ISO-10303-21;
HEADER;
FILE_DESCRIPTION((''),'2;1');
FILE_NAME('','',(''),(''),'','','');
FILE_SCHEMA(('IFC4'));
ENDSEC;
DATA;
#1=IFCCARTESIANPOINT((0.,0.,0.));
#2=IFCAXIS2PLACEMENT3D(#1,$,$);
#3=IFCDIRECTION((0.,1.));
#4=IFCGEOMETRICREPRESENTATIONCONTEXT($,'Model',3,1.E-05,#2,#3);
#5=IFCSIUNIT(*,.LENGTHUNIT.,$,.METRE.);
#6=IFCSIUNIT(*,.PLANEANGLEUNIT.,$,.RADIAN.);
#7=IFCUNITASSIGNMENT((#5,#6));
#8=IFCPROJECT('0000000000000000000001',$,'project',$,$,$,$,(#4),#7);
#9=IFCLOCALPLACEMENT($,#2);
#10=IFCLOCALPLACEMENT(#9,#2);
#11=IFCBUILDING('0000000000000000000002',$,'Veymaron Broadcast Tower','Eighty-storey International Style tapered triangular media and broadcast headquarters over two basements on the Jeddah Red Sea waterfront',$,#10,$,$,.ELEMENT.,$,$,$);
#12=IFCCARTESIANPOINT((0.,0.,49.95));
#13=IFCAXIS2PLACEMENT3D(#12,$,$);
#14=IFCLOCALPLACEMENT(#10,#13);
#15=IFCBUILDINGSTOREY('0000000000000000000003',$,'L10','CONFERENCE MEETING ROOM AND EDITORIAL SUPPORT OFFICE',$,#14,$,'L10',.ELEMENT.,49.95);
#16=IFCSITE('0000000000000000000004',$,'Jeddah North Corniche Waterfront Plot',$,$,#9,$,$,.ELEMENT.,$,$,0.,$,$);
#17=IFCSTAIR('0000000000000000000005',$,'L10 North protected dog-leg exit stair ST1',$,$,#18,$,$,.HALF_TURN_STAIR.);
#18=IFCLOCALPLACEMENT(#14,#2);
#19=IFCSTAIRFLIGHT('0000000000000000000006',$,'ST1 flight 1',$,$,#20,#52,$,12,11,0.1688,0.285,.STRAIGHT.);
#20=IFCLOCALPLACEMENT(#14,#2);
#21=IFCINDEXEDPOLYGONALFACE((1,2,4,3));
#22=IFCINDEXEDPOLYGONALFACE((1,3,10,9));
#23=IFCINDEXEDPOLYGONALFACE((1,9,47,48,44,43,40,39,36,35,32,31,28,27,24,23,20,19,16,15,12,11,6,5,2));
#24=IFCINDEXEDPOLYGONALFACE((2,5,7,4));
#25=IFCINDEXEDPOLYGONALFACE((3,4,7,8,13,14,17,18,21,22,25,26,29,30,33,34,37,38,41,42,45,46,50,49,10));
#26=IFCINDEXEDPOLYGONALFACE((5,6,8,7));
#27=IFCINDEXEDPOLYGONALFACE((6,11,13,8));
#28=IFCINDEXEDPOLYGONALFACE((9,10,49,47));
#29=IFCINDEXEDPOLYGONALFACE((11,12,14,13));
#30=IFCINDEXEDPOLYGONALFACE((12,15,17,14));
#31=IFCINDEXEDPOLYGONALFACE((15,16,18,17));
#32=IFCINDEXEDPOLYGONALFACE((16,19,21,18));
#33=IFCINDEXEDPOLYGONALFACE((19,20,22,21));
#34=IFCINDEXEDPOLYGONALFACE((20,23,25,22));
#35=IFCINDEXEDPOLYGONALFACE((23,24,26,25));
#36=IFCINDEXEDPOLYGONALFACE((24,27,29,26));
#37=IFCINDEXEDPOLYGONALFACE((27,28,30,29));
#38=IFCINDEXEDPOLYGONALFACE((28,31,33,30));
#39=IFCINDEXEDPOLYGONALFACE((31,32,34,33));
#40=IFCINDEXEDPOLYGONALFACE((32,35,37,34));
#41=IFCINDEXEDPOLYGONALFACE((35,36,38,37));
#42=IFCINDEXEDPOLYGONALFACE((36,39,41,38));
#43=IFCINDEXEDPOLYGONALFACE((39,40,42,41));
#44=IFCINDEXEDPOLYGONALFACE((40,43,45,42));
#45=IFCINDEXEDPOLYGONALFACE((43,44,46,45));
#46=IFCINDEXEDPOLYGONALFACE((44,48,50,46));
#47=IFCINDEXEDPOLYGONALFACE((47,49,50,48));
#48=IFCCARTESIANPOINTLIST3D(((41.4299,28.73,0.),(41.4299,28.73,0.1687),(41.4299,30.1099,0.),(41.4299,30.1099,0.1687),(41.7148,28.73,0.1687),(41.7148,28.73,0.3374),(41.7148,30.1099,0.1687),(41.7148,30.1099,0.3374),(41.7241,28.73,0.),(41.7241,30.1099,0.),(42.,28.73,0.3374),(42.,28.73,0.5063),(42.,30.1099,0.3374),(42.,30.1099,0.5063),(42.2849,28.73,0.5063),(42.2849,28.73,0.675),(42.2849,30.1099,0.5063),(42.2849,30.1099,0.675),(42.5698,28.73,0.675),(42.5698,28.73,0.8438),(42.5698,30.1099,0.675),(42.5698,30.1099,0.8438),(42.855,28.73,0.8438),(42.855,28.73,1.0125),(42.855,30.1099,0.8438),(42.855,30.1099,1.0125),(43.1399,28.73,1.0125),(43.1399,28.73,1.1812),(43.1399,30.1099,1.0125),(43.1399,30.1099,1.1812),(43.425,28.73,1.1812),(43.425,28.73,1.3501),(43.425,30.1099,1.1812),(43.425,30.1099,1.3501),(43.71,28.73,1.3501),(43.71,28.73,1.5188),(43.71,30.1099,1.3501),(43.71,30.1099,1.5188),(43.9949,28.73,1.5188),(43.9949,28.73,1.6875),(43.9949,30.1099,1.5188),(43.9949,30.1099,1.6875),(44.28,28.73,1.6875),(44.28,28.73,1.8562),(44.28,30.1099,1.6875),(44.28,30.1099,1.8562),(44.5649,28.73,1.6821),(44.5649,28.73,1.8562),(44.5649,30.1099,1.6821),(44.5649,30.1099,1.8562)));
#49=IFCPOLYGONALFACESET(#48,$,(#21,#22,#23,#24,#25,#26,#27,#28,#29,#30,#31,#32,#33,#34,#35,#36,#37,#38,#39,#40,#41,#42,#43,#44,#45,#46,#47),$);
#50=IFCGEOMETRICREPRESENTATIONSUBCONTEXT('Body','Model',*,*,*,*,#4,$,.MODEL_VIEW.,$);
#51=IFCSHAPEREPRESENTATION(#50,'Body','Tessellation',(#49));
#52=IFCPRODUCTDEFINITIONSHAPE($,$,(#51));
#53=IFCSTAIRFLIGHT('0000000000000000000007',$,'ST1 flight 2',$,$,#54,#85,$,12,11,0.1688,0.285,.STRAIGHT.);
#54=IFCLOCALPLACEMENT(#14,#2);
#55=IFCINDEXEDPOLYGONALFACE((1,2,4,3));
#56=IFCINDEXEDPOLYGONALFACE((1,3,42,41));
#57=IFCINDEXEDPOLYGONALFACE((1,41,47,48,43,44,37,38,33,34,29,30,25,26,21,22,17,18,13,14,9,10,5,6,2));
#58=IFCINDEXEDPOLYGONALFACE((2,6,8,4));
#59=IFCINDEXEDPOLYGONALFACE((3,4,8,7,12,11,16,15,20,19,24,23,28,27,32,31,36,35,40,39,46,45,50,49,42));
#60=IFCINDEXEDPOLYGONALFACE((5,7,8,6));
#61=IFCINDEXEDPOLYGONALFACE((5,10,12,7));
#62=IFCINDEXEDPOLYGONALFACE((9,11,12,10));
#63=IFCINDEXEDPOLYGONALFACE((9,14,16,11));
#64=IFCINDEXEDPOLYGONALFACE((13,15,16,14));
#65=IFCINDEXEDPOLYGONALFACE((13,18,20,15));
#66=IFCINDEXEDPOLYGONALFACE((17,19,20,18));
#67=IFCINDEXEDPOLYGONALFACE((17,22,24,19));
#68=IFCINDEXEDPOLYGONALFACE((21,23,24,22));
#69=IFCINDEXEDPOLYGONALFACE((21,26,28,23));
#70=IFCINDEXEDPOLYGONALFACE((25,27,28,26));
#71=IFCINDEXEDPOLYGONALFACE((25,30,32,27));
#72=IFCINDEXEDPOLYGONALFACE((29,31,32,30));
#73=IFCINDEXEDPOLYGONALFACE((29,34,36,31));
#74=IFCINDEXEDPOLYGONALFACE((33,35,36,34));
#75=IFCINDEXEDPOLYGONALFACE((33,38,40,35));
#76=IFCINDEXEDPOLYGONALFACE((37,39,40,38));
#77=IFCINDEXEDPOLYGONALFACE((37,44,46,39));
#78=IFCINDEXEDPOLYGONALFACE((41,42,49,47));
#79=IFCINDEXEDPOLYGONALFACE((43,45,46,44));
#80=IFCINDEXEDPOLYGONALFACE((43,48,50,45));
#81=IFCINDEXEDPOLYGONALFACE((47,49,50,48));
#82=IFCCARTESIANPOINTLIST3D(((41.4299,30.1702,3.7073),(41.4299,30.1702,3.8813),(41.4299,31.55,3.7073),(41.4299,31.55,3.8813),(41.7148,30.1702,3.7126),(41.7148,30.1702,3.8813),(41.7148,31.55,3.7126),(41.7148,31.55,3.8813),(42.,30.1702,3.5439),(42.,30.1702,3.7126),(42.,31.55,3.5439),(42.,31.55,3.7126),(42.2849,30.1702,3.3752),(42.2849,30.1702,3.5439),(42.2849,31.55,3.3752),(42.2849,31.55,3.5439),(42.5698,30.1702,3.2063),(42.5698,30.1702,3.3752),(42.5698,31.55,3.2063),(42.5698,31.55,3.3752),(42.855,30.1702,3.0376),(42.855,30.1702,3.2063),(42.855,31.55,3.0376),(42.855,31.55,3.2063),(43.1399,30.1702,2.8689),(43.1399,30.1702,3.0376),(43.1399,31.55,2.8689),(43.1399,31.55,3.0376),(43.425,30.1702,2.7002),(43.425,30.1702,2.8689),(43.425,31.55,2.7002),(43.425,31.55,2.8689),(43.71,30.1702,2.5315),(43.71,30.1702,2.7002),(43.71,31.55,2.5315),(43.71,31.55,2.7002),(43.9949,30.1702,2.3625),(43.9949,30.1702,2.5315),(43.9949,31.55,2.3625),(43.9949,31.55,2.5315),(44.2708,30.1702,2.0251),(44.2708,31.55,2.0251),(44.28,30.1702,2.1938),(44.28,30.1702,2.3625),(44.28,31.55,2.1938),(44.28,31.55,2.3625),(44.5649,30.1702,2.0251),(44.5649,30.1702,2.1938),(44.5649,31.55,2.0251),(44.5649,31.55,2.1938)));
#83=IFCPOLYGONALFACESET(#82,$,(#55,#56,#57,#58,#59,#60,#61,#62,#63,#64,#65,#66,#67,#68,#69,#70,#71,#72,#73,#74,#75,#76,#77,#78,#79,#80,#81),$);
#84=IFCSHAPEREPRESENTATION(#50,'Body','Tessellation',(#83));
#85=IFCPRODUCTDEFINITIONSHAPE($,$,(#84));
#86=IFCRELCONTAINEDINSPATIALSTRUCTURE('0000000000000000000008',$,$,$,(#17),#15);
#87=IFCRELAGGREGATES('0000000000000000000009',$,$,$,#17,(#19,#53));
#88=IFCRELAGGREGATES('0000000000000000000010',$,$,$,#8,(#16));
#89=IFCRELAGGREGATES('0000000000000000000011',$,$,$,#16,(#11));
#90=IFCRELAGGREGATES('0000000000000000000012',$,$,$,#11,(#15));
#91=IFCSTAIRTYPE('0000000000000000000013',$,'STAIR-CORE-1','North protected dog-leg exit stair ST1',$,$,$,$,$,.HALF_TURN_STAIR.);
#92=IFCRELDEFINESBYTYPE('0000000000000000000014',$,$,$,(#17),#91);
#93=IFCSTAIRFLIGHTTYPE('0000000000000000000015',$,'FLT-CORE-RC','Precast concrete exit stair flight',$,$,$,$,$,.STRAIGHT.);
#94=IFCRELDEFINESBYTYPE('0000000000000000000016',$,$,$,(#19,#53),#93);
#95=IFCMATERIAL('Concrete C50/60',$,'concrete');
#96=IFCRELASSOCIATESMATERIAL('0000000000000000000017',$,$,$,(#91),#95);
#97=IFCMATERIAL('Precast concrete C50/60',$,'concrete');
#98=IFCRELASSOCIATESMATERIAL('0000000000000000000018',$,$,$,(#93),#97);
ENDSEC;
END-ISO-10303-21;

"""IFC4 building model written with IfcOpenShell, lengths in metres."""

from ifc_helpers import new_model, si_unit, direction, frame, origin, place, context, subcontext, project, spatial, polyline, outline, extrude, material, type_object, element, aggregate, save


model = new_model("IFC4")

# Units and contexts
model_context = context("Model", 3, precision=1e-05, world=origin(), true_north=direction((0.0, 1.0)))
body_context = subcontext(model_context, "Body", "Model", "MODEL_VIEW")
ifc_project = project(units=[si_unit("LENGTHUNIT", "METRE"), si_unit("PLANEANGLEUNIT", "RADIAN")], contexts=[model_context])

# Site, building, storey
site_placement = place(None, origin())
site = spatial("IfcSite", under=ifc_project, at=site_placement, Name="Jeddah North Corniche Waterfront Plot", CompositionType="ELEMENT", RefElevation=0.0)
building_placement = place(site_placement, origin())
building = spatial("IfcBuilding", under=site, at=building_placement, Name="Veymaron Broadcast Tower", Description="Eighty-storey International Style tapered triangular media and broadcast headquarters over two basements on the Jeddah Red Sea waterfront", CompositionType="ELEMENT")
storey_placement = place(building_placement, frame((0.0, 0.0, 49.95)))
storey = spatial("IfcBuildingStorey", under=building, at=storey_placement, Name="L10", Description="CONFERENCE MEETING ROOM AND EDITORIAL SUPPORT OFFICE", LongName="L10", CompositionType="ELEMENT", Elevation=49.95)

# Shared definitions
ifc_material_1 = material(Name="Concrete C50/60", Category="concrete")

# Stair, stair flights
stair_type = type_object("IfcStairType", Name="STAIR-CORE-1", Description="North protected dog-leg exit stair ST1", PredefinedType="HALF_TURN_STAIR", material=ifc_material_1)
stair_placement = place(storey_placement, origin())
stair = element("IfcStair", 1, at=stair_placement, inside=storey, type_object=stair_type, Name="L10 North protected dog-leg exit stair ST1", PredefinedType="HALF_TURN_STAIR")
ifc_material_2 = material(Name="Precast concrete C50/60", Category="concrete")
stair_flight_type = type_object("IfcStairFlightType", Name="FLT-CORE-RC", Description="Precast concrete exit stair flight", PredefinedType="STRAIGHT", material=ifc_material_2)
stair_flight_1_placement = place(storey_placement, frame((41.4299, 29.4199, 0.0), z_axis=(0.0, 0.0, 1.0), x_axis=(1.0, 0.0, 0.0)))
stair_flight_1 = element("IfcStairFlight", 2, at=stair_flight_1_placement, type_object=stair_flight_type, Name="ST1 flight 1", NumberOfRisers=12, NumberOfTreads=11, PredefinedType="STRAIGHT", RiserHeight=0.1688, TreadLength=0.285, context=body_context, shape_type="SweptSolid", body=[
    extrude(outline(polyline([(0.0, 0.0), (0.0, 0.1687), (0.2849, 0.1687), (0.2849, 0.3374), (0.5701, 0.3374), (0.5701, 0.5063), (0.855, 0.5063), (0.855, 0.675), (1.1399, 0.675), (1.1399, 0.8438), (1.425, 0.8438), (1.425, 1.0125), (1.71, 1.0125), (1.71, 1.1812), (1.9951, 1.1812), (1.9951, 1.3501), (2.28, 1.3501), (2.28, 1.5188), (2.5649, 1.5188), (2.5649, 1.6875), (2.8501, 1.6875), (2.8501, 1.8562), (3.135, 1.8562), (3.135, 2.0249), (3.135, 1.6821), (0.2942, 0.0), (0.0, 0.0)])), frame((0.0, 0.6899, 0.0), z_axis=(0.0, -1.0, 0.0), x_axis=(1.0, 0.0, 0.0)), (0.0, 0.0, 1.0), 1.3799),
])
stair_flight_2_placement = place(storey_placement, frame((44.5649, 30.8601, 2.0251), z_axis=(0.0, 0.0, 1.0), x_axis=(-1.0, 0.0, 0.0)))
stair_flight_2 = element("IfcStairFlight", 3, at=stair_flight_2_placement, type_object=stair_flight_type, Name="ST1 flight 2", NumberOfRisers=12, NumberOfTreads=11, PredefinedType="STRAIGHT", RiserHeight=0.1688, TreadLength=0.285, context=body_context, shape_type="SweptSolid", body=[
    extrude(outline(polyline([(0.0, 0.0), (0.0, 0.1687), (0.2849, 0.1687), (0.2849, 0.3374), (0.5701, 0.3374), (0.5701, 0.5063), (0.855, 0.5063), (0.855, 0.675), (1.1399, 0.675), (1.1399, 0.8438), (1.425, 0.8438), (1.425, 1.0125), (1.71, 1.0125), (1.71, 1.1812), (1.9951, 1.1812), (1.9951, 1.3501), (2.28, 1.3501), (2.28, 1.5188), (2.5649, 1.5188), (2.5649, 1.6875), (2.8501, 1.6875), (2.8501, 1.8562), (3.135, 1.8562), (3.135, 2.0249), (3.135, 1.6821), (0.2942, 0.0), (0.0, 0.0)])), frame((0.0, 0.6899, 0.0), z_axis=(0.0, -1.0, 0.0), x_axis=(1.0, 0.0, 0.0)), (0.0, 0.0, 1.0), 1.3799),
])
aggregate(stair, [stair_flight_1, stair_flight_2])

save(model, "model.ifc")
